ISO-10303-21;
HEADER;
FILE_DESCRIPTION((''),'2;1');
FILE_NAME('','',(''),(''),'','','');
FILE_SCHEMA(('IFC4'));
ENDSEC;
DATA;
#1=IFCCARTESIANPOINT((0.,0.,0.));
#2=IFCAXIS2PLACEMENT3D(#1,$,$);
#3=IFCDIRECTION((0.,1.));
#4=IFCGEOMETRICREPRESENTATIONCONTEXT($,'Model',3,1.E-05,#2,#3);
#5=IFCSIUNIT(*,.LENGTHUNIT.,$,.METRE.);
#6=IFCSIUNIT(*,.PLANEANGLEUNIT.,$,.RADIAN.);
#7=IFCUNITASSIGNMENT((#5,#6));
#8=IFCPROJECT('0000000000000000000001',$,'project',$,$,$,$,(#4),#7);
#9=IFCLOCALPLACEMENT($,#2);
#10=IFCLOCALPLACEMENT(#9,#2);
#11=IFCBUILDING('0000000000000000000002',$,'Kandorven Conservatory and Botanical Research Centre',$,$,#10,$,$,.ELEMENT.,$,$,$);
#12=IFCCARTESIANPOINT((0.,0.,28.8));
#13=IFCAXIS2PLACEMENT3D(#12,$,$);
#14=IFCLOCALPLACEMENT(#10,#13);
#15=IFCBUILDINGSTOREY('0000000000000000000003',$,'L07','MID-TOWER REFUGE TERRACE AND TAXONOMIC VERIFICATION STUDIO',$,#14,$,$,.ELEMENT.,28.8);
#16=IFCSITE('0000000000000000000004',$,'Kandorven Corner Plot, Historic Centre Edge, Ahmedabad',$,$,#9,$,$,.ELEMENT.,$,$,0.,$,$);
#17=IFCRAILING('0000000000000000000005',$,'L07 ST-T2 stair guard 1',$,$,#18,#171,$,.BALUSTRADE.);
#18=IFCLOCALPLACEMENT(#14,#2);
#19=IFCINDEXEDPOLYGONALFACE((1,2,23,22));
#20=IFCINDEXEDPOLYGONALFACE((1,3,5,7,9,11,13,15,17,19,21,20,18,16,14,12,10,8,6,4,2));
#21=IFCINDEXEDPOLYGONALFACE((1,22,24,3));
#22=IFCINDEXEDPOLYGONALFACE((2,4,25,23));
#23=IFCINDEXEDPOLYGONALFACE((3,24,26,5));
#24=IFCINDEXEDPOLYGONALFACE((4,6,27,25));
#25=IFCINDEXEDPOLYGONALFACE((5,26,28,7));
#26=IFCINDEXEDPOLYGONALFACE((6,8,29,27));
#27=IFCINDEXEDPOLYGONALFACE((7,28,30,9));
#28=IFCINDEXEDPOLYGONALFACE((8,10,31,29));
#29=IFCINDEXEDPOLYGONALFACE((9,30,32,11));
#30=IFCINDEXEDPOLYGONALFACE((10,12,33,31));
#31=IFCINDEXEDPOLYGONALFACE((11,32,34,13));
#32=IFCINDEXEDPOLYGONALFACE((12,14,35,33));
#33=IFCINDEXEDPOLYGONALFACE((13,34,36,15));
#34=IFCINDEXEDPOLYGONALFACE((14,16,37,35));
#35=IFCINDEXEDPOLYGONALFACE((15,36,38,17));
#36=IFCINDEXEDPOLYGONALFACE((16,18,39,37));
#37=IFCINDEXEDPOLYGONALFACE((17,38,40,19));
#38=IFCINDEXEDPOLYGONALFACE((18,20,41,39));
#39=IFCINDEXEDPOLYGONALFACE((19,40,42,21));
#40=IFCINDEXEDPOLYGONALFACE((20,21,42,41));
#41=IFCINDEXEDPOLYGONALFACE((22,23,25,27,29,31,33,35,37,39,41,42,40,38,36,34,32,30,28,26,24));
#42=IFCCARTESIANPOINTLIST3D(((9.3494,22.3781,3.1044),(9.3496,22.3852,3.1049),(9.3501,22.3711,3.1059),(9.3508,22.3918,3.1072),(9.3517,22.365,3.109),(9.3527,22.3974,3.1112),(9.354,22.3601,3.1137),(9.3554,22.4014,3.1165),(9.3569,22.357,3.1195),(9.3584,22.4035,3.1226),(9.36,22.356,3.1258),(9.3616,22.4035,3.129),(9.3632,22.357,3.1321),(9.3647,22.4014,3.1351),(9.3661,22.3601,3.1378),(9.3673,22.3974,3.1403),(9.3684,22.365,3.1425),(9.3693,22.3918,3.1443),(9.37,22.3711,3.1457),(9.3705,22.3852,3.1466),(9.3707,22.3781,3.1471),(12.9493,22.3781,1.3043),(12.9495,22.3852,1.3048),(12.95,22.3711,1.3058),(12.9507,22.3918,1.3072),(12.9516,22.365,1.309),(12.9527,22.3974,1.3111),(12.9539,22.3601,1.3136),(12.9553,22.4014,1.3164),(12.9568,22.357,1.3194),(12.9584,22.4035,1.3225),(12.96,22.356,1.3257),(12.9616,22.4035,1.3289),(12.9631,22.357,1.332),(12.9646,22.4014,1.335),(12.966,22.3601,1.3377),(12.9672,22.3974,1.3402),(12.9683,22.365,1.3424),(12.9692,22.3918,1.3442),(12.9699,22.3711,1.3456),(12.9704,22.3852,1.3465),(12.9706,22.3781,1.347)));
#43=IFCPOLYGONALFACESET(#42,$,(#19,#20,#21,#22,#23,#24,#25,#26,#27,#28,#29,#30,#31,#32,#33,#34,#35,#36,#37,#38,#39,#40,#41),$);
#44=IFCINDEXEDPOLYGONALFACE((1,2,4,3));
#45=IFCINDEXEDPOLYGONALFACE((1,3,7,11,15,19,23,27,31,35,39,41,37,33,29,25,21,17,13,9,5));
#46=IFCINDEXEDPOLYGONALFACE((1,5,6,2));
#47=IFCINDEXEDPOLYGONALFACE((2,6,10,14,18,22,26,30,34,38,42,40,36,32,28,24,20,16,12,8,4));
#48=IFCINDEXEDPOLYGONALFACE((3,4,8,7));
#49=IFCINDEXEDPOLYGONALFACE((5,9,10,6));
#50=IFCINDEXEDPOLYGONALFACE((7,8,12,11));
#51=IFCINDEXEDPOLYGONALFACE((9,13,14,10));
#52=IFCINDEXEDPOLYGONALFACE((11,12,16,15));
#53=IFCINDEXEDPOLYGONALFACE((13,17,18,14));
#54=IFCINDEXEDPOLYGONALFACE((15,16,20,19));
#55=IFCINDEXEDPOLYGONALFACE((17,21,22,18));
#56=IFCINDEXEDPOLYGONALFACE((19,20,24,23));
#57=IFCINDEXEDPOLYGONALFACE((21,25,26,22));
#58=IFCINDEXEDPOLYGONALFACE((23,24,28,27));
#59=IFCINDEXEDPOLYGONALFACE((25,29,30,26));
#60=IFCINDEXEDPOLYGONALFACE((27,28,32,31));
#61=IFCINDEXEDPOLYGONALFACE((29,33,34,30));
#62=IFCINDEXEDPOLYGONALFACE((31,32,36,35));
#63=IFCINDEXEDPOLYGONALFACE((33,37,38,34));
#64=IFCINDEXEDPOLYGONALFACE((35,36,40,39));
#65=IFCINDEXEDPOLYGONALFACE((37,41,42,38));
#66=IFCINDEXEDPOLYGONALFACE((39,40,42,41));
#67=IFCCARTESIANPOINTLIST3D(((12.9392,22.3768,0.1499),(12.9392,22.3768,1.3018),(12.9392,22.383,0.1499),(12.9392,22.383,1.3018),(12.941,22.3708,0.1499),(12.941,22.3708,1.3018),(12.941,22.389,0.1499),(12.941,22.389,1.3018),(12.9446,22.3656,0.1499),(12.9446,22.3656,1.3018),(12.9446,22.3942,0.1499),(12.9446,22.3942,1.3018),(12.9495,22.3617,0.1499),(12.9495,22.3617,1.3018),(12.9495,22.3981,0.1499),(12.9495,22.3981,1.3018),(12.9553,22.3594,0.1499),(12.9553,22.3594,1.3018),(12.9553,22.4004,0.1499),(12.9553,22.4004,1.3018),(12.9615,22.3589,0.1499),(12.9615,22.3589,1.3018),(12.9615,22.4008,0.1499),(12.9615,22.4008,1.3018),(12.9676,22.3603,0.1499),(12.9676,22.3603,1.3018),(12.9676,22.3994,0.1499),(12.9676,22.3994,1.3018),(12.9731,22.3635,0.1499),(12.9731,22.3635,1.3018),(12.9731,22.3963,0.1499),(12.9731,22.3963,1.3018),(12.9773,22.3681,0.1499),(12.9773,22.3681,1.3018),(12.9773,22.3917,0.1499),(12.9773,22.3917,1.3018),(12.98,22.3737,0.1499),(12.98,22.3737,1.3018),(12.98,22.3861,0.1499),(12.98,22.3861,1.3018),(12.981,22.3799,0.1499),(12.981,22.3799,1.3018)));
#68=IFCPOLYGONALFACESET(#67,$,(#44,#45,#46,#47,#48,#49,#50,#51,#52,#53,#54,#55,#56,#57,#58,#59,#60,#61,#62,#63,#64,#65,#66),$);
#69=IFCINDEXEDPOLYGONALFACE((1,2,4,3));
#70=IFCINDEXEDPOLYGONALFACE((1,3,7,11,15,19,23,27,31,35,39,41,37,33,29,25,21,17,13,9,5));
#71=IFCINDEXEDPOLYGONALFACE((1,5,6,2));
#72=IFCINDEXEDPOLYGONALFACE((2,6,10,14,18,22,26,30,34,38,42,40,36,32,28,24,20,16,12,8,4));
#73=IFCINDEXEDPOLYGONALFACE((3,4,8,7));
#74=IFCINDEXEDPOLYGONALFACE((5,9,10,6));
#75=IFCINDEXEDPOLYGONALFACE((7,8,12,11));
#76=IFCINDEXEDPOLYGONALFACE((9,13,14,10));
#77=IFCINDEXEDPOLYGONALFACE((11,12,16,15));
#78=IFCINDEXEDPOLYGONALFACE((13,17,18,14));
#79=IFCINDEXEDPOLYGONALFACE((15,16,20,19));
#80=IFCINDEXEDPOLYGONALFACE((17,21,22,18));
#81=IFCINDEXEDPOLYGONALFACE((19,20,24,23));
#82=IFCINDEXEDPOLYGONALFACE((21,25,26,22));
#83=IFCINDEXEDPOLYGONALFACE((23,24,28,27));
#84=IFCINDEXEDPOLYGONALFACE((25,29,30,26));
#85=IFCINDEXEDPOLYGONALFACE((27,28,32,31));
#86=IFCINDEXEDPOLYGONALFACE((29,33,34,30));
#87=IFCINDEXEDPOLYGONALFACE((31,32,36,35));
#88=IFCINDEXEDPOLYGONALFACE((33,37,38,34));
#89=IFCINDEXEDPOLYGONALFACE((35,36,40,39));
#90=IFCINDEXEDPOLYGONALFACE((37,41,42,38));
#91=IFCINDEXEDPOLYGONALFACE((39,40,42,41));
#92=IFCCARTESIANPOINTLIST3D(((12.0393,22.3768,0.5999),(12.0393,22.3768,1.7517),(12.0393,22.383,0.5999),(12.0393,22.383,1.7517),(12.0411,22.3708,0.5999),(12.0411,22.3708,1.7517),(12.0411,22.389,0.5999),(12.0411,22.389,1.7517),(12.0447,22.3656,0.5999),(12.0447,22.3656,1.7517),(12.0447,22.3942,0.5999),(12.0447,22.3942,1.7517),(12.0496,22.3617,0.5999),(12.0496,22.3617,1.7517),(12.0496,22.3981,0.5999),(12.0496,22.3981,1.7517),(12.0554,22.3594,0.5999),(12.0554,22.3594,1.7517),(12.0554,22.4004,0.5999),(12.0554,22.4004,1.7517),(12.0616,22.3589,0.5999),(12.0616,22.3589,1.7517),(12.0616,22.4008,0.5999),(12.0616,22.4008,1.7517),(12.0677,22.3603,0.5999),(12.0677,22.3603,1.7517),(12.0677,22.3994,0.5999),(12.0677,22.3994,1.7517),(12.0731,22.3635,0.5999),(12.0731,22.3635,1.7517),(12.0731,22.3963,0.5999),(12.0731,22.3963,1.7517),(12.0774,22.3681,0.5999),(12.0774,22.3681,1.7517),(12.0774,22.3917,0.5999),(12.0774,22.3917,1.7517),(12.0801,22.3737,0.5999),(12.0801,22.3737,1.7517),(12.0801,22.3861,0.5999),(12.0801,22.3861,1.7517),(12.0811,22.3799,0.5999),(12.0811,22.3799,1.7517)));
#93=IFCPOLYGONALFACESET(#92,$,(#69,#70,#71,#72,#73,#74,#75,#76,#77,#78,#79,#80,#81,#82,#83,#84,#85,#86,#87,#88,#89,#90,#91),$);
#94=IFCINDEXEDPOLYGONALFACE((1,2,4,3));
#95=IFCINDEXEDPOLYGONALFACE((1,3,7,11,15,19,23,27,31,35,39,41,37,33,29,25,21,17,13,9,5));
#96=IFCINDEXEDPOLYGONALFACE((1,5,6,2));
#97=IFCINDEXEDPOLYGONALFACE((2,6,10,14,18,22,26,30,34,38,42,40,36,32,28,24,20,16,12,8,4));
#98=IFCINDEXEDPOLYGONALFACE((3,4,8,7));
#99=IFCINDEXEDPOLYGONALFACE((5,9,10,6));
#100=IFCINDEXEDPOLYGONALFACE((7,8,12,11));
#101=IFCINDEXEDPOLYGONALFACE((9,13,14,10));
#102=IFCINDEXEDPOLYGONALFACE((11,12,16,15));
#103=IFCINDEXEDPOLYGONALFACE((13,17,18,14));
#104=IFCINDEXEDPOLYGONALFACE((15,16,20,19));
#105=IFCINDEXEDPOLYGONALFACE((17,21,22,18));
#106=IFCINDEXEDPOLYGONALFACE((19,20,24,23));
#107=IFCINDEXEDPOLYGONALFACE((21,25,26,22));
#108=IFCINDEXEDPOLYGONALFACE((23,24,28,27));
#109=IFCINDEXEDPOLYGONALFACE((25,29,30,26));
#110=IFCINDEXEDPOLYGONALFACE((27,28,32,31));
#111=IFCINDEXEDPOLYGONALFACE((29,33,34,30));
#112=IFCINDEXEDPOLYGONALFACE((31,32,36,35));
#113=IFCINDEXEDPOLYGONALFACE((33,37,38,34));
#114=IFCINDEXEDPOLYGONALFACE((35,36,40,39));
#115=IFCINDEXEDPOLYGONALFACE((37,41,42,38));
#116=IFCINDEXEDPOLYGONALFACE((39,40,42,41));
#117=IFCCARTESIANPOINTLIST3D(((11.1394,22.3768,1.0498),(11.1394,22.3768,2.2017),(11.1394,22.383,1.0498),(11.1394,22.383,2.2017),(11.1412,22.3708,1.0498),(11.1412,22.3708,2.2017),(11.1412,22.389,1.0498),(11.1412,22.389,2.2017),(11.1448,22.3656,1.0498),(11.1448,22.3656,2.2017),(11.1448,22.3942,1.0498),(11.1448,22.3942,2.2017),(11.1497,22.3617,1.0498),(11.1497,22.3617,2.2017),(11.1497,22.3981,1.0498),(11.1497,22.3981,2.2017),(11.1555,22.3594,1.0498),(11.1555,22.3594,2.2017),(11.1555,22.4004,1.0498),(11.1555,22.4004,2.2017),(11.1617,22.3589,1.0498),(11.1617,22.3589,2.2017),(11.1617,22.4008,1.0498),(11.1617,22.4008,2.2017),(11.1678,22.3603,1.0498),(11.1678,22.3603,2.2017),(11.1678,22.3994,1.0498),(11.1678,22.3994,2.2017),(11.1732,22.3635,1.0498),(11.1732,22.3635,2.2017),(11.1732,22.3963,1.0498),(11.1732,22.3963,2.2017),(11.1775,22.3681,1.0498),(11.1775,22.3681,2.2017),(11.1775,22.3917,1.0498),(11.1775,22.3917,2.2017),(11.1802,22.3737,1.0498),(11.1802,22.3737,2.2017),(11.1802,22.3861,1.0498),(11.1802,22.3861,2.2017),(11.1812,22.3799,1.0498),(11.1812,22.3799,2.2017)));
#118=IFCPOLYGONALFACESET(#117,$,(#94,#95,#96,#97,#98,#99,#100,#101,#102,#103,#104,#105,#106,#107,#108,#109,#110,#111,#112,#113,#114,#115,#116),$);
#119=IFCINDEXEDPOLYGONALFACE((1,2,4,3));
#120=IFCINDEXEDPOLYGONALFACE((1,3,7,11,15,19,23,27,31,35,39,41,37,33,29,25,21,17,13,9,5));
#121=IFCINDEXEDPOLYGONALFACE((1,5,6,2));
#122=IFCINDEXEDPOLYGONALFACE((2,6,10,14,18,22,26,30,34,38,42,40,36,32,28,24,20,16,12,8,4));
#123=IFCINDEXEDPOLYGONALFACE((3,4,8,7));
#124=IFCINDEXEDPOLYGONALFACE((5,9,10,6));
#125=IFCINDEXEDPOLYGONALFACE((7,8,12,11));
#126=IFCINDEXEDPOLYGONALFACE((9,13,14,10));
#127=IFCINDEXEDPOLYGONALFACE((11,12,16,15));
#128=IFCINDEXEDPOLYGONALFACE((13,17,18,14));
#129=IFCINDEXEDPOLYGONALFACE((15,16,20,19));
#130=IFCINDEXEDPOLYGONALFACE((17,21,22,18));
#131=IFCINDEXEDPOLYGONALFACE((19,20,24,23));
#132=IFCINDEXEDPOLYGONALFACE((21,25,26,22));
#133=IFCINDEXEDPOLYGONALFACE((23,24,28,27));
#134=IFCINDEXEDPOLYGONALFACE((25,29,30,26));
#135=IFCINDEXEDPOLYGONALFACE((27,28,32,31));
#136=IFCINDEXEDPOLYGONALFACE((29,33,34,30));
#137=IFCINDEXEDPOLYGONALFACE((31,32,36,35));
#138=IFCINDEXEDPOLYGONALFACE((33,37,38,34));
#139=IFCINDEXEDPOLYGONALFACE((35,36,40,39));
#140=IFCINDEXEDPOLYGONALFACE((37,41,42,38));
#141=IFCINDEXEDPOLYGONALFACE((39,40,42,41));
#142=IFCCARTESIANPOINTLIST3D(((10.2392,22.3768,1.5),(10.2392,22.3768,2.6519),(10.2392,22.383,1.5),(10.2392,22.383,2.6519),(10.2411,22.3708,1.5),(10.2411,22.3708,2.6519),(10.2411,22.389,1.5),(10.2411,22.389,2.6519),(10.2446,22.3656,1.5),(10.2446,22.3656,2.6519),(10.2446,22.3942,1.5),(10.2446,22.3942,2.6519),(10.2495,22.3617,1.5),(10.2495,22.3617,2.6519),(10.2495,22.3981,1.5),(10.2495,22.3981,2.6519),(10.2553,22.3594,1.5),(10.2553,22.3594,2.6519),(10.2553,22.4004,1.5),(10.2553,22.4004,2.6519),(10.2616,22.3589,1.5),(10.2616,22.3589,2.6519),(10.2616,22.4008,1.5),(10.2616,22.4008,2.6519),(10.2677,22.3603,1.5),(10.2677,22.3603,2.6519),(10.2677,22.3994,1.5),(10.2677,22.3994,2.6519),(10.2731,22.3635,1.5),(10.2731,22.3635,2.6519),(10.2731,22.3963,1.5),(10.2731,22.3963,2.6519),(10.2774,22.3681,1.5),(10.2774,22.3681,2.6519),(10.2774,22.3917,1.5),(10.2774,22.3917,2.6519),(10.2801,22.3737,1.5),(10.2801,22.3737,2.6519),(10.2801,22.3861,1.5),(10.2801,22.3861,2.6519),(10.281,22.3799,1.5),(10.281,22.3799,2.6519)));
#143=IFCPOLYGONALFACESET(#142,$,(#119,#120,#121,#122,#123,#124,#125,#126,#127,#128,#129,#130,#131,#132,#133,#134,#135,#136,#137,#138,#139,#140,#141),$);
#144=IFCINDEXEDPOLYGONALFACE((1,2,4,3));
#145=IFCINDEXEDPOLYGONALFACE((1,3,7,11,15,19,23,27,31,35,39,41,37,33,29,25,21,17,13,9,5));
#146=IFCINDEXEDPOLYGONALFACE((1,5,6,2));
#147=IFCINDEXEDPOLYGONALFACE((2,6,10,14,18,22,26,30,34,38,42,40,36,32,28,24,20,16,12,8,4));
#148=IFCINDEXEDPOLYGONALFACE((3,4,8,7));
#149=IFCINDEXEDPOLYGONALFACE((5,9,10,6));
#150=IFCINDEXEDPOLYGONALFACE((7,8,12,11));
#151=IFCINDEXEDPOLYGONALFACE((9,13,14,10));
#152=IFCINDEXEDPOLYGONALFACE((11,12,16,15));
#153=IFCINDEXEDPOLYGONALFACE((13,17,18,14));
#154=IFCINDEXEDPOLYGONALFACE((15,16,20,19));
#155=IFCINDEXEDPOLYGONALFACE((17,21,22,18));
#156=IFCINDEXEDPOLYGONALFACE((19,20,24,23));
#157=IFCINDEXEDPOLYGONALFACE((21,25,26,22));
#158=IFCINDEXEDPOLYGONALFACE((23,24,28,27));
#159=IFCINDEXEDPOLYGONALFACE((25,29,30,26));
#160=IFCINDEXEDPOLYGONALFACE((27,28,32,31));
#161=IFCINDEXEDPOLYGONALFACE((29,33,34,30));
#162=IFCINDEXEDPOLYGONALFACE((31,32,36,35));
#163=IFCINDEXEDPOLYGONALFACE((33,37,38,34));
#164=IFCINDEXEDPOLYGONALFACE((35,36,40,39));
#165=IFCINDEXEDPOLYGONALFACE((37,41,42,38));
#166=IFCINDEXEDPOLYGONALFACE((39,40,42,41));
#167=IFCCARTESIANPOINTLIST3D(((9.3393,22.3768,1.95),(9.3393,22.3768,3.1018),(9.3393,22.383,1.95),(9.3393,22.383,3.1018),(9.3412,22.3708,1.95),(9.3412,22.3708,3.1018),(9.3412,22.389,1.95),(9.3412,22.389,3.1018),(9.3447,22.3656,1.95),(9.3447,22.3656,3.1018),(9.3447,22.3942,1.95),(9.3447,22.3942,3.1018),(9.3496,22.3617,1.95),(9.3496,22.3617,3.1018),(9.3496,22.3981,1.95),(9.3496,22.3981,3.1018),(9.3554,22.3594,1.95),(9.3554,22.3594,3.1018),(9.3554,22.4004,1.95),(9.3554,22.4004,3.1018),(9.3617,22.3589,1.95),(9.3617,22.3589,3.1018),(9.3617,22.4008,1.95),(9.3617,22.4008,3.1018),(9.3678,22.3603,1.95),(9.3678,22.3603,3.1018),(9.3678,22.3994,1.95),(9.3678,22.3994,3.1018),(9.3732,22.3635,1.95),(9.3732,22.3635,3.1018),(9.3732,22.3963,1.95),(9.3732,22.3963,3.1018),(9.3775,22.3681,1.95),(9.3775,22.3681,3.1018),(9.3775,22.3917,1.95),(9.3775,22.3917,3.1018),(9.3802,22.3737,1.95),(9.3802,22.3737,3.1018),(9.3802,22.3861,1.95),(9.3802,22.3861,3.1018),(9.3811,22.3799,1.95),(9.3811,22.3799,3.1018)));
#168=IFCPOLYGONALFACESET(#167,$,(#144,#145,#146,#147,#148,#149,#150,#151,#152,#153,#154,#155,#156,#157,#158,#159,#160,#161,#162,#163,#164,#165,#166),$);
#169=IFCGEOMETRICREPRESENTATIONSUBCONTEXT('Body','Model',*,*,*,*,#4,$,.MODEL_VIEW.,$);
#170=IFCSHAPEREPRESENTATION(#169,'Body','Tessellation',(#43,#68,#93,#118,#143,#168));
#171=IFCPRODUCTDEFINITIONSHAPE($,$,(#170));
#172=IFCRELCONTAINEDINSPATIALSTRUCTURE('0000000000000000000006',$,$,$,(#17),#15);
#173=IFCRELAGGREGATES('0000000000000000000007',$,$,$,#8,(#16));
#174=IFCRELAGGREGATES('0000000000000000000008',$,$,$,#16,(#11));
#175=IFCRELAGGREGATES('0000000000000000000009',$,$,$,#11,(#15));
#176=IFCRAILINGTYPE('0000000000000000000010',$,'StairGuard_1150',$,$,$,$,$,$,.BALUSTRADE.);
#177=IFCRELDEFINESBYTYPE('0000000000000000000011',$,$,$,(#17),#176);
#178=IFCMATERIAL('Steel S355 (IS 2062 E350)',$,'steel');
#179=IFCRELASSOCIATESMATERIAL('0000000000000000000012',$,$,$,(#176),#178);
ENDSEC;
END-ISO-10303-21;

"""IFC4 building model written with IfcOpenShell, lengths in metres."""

from ifc_helpers import new_model, si_unit, direction, frame, origin, origin_2d, place, context, subcontext, project, spatial, circle, extrude, material, type_object, element, save


model = new_model("IFC4")

# Units and contexts
model_context = context("Model", 3, precision=1e-05, world=origin(), true_north=direction((0.0, 1.0)))
body_context = subcontext(model_context, "Body", "Model", "MODEL_VIEW")
ifc_project = project(units=[si_unit("LENGTHUNIT", "METRE"), si_unit("PLANEANGLEUNIT", "RADIAN")], contexts=[model_context])

# Site, building, storey
site_placement = place(None, origin())
site = spatial("IfcSite", under=ifc_project, at=site_placement, Name="Kandorven Corner Plot, Historic Centre Edge, Ahmedabad", CompositionType="ELEMENT", RefElevation=0.0)
building_placement = place(site_placement, origin())
building = spatial("IfcBuilding", under=site, at=building_placement, Name="Kandorven Conservatory and Botanical Research Centre", CompositionType="ELEMENT")
storey_placement = place(building_placement, frame((0.0, 0.0, 28.8)))
storey = spatial("IfcBuildingStorey", under=building, at=storey_placement, Name="L07", Description="MID-TOWER REFUGE TERRACE AND TAXONOMIC VERIFICATION STUDIO", CompositionType="ELEMENT", Elevation=28.8)

# Railing
ifc_material_1 = material(Name="Steel S355 (IS 2062 E350)", Category="steel")
railing_type_1 = type_object("IfcRailingType", Name="StairGuard_1150", PredefinedType="BALUSTRADE", material=ifc_material_1)
railing_1_placement = place(storey_placement, frame((12.96, 22.3799, 0.1499)))
element("IfcRailing", 1, at=railing_1_placement, inside=storey, type_object=railing_type_1, Name="L07 ST-T2 stair guard 1", PredefinedType="BALUSTRADE", context=body_context, shape_type="SweptSolid", body=[
    extrude(circle(Radius=0.0239, at=origin_2d()), frame((0.0, 0.0, 1.1758), z_axis=(-0.894415, 0.0, 0.447238), x_axis=(0.0, -1.0, 0.0)), (0.0, 0.0, 1.0), 4.0249),
    extrude(circle(Radius=0.021, at=origin_2d()), origin(), (0.0, 0.0, 1.0), 1.1519),
    extrude(circle(Radius=0.021, at=origin_2d()), frame((-0.8999, 0.0, 0.45)), (0.0, 0.0, 1.0), 1.1519),
    extrude(circle(Radius=0.021, at=origin_2d()), frame((-1.7998, 0.0, 0.8999)), (0.0, 0.0, 1.0), 1.1519),
    extrude(circle(Radius=0.021, at=origin_2d()), frame((-2.7, 0.0, 1.3501)), (0.0, 0.0, 1.0), 1.1519),
    extrude(circle(Radius=0.021, at=origin_2d()), frame((-3.5999, 0.0, 1.8)), (0.0, 0.0, 1.0), 1.1519),
])

save(model, "model.ifc")
